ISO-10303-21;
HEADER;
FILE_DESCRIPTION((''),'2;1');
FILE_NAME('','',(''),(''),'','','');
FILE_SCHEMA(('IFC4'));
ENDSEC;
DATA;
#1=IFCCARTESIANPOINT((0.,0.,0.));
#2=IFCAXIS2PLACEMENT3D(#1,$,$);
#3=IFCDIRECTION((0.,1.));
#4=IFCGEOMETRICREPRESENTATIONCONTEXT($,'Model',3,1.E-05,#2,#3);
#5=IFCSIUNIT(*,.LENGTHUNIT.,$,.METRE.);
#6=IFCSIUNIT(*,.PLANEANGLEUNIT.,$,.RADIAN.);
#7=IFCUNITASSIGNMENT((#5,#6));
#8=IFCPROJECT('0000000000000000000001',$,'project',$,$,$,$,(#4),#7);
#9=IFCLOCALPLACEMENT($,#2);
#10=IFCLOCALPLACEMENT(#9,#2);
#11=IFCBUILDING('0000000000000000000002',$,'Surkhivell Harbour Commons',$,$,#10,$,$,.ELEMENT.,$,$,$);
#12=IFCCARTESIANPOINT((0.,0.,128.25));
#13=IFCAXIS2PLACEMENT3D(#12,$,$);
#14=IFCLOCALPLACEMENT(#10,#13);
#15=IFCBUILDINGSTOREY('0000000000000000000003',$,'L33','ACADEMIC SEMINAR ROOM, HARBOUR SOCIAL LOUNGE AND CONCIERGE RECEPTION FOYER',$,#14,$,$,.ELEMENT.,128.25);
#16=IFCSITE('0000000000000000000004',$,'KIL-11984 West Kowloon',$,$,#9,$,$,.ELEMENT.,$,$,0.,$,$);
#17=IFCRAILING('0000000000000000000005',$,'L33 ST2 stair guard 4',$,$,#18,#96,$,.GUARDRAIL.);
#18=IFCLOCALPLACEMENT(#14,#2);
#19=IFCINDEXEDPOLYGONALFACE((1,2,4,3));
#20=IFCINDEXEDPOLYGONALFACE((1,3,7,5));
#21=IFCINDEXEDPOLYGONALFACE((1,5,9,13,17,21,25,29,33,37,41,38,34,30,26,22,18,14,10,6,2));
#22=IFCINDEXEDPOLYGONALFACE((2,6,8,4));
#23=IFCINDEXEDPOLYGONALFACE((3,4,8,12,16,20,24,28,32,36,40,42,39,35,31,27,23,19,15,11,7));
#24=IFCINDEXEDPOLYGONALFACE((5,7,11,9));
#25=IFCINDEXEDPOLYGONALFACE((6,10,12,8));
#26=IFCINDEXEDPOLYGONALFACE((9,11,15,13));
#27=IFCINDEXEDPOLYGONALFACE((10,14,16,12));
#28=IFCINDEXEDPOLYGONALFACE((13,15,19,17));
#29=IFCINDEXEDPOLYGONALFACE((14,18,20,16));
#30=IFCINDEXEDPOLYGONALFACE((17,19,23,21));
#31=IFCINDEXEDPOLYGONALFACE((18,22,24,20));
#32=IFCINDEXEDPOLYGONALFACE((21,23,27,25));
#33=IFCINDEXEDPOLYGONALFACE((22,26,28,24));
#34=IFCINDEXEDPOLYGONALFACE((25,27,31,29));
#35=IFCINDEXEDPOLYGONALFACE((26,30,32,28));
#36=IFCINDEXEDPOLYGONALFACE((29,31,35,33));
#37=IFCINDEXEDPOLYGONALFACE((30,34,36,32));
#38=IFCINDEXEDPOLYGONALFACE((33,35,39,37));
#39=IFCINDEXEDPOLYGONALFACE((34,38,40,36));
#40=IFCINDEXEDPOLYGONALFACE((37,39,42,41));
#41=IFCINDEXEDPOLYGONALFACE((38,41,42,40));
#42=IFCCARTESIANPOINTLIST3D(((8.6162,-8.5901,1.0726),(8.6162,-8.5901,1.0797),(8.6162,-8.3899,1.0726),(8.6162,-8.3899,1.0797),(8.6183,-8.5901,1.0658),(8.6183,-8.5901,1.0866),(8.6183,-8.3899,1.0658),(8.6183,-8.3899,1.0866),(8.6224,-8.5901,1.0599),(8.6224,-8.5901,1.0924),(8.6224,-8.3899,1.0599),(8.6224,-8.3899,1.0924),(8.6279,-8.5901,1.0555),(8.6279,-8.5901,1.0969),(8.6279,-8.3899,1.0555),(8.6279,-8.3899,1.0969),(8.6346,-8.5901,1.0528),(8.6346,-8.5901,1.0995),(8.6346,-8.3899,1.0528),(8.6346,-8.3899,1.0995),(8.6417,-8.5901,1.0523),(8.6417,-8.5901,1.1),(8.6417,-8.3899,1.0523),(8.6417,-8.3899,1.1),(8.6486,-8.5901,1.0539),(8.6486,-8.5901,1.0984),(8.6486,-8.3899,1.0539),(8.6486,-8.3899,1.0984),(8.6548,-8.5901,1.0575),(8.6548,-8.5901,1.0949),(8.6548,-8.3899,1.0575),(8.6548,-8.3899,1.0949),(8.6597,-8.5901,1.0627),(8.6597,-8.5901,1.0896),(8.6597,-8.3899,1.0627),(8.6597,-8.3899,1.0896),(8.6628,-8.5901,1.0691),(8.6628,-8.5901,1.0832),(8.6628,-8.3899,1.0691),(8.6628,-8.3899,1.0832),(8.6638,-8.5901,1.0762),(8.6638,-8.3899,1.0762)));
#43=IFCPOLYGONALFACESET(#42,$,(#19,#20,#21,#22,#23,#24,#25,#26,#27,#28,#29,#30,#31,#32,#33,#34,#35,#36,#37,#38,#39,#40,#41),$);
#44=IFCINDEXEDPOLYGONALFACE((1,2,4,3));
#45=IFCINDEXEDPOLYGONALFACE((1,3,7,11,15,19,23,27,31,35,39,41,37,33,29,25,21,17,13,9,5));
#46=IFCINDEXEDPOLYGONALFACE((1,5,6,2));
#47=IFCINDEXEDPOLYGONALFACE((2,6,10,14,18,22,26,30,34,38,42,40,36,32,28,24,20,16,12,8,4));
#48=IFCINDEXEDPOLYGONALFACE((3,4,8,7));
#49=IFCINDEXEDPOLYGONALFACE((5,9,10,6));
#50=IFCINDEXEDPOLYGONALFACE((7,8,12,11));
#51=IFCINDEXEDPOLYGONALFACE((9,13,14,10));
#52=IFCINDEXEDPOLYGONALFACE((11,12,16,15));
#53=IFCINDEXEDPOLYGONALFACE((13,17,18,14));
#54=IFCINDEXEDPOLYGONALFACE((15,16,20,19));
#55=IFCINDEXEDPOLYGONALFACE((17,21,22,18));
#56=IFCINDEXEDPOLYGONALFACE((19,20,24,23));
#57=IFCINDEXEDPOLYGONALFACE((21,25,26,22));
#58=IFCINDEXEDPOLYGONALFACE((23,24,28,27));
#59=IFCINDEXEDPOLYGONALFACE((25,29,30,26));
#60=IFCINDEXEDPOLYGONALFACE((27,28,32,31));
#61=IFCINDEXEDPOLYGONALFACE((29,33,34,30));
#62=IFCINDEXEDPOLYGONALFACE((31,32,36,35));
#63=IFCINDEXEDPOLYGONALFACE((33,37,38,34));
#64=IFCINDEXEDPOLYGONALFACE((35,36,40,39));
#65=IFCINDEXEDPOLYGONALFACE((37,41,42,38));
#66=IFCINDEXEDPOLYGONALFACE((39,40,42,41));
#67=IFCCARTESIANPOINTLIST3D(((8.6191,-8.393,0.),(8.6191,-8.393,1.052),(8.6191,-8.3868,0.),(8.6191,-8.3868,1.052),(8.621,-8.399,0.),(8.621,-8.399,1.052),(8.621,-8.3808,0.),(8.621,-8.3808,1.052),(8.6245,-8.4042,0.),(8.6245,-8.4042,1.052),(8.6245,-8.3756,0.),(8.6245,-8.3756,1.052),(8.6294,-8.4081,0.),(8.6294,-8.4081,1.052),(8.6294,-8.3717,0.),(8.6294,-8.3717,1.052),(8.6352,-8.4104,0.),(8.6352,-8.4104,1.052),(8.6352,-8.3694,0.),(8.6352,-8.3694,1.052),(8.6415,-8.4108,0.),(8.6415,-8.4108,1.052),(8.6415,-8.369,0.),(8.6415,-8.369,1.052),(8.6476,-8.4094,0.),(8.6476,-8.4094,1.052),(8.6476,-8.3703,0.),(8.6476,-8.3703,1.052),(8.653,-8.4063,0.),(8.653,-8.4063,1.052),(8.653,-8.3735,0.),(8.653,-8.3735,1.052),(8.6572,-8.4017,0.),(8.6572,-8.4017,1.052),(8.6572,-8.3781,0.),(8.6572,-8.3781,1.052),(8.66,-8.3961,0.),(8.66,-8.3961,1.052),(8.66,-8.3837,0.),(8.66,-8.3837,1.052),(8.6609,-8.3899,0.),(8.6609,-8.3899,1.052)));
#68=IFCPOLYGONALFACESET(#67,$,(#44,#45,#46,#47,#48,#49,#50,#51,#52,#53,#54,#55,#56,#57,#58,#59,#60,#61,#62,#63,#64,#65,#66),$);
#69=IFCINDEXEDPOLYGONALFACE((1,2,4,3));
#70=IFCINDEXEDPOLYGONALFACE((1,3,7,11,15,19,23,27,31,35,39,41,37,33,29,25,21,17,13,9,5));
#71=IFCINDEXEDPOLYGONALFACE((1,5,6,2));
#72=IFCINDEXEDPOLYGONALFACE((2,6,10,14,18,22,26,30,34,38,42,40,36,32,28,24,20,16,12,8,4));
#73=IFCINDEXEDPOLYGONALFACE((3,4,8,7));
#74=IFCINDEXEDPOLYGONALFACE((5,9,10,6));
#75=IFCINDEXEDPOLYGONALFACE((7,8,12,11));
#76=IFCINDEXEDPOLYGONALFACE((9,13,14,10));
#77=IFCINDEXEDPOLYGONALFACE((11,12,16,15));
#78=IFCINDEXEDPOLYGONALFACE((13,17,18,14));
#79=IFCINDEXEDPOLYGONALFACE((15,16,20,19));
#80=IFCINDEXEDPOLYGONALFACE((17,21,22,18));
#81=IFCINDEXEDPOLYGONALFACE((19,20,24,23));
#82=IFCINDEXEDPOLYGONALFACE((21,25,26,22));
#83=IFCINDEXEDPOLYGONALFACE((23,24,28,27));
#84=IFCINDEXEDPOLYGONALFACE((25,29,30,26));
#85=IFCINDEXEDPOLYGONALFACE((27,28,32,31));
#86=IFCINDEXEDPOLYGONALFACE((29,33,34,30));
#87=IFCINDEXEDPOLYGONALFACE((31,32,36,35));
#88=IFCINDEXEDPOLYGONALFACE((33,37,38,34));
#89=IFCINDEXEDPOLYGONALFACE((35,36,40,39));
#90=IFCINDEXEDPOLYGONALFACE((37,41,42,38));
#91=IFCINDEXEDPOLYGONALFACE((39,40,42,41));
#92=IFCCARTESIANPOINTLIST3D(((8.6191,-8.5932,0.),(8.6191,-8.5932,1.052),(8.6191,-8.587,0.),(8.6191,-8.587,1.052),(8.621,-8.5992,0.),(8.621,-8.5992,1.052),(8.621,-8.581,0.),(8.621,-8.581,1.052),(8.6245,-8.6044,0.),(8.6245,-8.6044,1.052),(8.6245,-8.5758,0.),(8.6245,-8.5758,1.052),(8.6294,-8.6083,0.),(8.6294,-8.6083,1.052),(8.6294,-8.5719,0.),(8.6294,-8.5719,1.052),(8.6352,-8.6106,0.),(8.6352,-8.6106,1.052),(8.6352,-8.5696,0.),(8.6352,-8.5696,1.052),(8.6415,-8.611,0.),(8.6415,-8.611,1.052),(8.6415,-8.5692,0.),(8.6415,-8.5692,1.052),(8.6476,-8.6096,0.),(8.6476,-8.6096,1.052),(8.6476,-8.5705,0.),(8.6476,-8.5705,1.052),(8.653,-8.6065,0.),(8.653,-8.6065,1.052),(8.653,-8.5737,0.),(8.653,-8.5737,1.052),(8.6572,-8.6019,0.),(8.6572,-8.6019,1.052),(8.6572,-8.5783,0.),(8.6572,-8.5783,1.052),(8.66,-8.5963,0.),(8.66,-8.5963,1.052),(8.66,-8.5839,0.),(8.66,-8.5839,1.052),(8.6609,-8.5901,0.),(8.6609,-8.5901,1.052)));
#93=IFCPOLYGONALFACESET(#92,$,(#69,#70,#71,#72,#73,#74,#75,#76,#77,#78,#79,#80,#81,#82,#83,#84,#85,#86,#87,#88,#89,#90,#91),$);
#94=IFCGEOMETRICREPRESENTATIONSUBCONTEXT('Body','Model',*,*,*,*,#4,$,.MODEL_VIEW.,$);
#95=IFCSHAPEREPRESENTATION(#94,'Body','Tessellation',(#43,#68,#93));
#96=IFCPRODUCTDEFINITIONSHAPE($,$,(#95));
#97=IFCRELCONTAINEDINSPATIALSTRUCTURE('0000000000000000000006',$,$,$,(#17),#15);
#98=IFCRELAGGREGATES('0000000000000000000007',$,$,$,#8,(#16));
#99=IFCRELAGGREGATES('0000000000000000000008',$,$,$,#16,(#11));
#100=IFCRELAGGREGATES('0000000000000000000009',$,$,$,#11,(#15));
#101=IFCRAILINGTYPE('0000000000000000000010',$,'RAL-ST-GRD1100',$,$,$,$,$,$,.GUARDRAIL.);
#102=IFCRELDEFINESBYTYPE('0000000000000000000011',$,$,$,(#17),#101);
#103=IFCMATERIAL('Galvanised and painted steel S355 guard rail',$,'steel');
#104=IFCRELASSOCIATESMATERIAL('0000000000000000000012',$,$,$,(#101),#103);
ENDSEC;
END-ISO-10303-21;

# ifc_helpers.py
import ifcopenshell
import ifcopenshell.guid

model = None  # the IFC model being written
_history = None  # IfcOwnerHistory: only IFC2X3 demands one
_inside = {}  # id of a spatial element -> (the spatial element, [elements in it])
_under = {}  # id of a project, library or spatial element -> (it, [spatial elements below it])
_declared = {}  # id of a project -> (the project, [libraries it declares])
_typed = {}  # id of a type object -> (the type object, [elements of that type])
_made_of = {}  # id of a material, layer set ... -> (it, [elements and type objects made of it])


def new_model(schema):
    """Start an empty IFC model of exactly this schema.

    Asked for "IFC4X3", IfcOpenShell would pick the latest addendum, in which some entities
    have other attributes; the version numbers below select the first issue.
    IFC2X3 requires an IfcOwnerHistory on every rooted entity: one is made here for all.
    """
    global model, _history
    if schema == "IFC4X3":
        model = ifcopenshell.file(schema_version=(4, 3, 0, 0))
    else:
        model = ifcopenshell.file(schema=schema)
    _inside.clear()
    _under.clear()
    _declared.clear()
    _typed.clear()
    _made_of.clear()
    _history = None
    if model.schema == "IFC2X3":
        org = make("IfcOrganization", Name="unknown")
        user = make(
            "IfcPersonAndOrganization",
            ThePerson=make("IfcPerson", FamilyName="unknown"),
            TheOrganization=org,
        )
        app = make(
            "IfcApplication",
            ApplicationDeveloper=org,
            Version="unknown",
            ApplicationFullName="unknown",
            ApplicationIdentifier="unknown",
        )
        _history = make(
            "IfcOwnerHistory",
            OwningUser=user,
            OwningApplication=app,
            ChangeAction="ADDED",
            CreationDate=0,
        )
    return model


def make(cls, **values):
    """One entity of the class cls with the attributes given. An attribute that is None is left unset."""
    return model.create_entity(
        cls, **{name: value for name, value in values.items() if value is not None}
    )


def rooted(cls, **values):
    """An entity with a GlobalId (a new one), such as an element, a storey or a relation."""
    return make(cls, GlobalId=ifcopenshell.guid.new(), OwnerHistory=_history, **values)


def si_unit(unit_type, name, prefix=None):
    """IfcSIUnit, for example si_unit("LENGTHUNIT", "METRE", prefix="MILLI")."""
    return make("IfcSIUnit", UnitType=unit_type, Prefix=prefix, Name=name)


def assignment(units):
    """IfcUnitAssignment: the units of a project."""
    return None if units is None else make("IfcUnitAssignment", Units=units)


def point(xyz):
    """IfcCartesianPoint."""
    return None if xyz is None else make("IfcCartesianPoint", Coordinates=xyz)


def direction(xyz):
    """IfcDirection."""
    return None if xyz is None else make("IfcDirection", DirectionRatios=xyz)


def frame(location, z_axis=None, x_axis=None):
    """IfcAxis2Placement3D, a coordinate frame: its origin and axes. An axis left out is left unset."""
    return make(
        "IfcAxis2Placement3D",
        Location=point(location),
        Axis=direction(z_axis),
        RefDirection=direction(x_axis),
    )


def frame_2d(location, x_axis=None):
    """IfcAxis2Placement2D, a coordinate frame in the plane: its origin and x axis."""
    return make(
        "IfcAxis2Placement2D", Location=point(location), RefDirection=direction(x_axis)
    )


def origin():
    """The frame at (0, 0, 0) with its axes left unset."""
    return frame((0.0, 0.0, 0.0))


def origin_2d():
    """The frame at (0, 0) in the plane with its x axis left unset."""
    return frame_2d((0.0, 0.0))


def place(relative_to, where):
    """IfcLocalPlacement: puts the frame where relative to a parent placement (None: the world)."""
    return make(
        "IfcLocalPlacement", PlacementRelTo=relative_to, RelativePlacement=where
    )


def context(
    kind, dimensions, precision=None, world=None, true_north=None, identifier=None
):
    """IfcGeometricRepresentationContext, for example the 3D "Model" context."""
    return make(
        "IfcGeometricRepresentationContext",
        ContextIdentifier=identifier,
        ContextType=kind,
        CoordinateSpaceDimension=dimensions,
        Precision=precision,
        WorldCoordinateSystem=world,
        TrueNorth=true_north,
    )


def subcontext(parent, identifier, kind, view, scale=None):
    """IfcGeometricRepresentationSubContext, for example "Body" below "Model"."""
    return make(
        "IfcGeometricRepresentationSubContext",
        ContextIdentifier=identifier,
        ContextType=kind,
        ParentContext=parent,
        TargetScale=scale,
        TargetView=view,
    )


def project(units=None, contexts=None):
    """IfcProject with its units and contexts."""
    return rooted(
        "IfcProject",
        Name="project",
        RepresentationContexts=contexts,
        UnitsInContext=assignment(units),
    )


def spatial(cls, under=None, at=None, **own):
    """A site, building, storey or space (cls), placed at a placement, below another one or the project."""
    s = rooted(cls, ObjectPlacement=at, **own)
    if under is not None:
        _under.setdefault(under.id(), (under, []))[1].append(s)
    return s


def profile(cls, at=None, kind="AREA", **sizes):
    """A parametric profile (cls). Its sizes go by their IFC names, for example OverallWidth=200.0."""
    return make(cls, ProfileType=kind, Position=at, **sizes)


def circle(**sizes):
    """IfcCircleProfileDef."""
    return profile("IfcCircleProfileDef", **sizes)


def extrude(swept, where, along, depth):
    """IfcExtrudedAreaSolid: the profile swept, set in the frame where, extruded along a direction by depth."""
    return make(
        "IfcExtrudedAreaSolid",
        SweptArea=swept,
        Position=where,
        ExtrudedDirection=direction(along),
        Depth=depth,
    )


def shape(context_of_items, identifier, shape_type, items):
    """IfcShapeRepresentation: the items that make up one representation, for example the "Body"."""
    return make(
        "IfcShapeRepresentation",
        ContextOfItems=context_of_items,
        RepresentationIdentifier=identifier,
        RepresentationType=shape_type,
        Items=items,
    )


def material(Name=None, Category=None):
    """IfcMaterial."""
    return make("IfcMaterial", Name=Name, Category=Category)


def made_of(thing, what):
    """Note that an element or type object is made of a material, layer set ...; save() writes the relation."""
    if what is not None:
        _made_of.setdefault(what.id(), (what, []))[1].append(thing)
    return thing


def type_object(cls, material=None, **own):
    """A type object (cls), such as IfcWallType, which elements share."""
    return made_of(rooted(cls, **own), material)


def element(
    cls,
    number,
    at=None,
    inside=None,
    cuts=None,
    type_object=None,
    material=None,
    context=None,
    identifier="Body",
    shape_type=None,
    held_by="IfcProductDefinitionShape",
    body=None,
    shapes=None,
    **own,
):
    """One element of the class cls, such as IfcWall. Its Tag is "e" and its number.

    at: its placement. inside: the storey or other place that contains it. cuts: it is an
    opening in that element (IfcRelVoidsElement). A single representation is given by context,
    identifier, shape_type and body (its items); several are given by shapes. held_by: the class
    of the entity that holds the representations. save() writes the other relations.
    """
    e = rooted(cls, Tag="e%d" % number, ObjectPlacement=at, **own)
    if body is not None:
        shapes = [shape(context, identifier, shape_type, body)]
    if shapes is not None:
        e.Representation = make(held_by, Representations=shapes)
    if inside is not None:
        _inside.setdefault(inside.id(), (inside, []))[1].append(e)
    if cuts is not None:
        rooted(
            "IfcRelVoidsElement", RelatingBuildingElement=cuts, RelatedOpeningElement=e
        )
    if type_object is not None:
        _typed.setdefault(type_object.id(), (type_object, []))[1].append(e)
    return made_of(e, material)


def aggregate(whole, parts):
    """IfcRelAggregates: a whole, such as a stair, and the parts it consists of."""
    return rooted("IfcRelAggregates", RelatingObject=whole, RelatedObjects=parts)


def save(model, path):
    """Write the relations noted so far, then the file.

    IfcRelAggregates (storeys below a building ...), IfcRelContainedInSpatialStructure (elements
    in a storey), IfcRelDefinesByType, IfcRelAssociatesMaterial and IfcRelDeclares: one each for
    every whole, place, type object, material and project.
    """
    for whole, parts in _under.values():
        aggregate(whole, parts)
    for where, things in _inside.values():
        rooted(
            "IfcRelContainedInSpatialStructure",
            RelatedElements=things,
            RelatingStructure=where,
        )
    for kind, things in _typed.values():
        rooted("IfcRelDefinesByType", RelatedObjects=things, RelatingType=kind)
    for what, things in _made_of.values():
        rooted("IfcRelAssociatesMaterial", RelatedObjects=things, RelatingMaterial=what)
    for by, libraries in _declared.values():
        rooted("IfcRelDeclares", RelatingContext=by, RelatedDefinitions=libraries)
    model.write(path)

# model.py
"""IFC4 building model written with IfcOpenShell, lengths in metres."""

from ifc_helpers import new_model, si_unit, direction, frame, origin, origin_2d, place, context, subcontext, project, spatial, circle, extrude, material, type_object, element, save


model = new_model("IFC4")

# Units and contexts
model_context = context("Model", 3, precision=1e-05, world=origin(), true_north=direction((0.0, 1.0)))
body_context = subcontext(model_context, "Body", "Model", "MODEL_VIEW")
ifc_project = project(units=[si_unit("LENGTHUNIT", "METRE"), si_unit("PLANEANGLEUNIT", "RADIAN")], contexts=[model_context])

# Site, building, storey
site_placement = place(None, origin())
site = spatial("IfcSite", under=ifc_project, at=site_placement, Name="KIL-11984 West Kowloon", CompositionType="ELEMENT", RefElevation=0.0)
building_placement = place(site_placement, origin())
building = spatial("IfcBuilding", under=site, at=building_placement, Name="Surkhivell Harbour Commons", CompositionType="ELEMENT")
storey_placement = place(building_placement, frame((0.0, 0.0, 128.25)))
storey = spatial("IfcBuildingStorey", under=building, at=storey_placement, Name="L33", Description="ACADEMIC SEMINAR ROOM, HARBOUR SOCIAL LOUNGE AND CONCIERGE RECEPTION FOYER", CompositionType="ELEMENT", Elevation=128.25)

# Railing
ifc_material_1 = material(Name="Galvanised and painted steel S355 guard rail", Category="steel")
railing_type = type_object("IfcRailingType", Name="RAL-ST-GRD1100", PredefinedType="GUARDRAIL", material=ifc_material_1)
railing_1_placement = place(storey_placement, frame((8.6399, -8.3899, 0.0)))
element("IfcRailing", 1, at=railing_1_placement, inside=storey, type_object=railing_type, Name="L33 ST2 stair guard 4", PredefinedType="GUARDRAIL", context=body_context, shape_type="SweptSolid", body=[
    extrude(circle(Radius=0.0239, at=origin_2d()), frame((0.0, 0.0, 1.0762), z_axis=(0.0, -1.0, 0.0), x_axis=(1.0, 0.0, 0.0)), (0.0, 0.0, 1.0), 0.2002),
    extrude(circle(Radius=0.021, at=origin_2d()), origin(), (0.0, 0.0, 1.0), 1.052),
    extrude(circle(Radius=0.021, at=origin_2d()), frame((0.0, -0.2002, 0.0)), (0.0, 0.0, 1.0), 1.052),
])

save(model, "model.ifc")
